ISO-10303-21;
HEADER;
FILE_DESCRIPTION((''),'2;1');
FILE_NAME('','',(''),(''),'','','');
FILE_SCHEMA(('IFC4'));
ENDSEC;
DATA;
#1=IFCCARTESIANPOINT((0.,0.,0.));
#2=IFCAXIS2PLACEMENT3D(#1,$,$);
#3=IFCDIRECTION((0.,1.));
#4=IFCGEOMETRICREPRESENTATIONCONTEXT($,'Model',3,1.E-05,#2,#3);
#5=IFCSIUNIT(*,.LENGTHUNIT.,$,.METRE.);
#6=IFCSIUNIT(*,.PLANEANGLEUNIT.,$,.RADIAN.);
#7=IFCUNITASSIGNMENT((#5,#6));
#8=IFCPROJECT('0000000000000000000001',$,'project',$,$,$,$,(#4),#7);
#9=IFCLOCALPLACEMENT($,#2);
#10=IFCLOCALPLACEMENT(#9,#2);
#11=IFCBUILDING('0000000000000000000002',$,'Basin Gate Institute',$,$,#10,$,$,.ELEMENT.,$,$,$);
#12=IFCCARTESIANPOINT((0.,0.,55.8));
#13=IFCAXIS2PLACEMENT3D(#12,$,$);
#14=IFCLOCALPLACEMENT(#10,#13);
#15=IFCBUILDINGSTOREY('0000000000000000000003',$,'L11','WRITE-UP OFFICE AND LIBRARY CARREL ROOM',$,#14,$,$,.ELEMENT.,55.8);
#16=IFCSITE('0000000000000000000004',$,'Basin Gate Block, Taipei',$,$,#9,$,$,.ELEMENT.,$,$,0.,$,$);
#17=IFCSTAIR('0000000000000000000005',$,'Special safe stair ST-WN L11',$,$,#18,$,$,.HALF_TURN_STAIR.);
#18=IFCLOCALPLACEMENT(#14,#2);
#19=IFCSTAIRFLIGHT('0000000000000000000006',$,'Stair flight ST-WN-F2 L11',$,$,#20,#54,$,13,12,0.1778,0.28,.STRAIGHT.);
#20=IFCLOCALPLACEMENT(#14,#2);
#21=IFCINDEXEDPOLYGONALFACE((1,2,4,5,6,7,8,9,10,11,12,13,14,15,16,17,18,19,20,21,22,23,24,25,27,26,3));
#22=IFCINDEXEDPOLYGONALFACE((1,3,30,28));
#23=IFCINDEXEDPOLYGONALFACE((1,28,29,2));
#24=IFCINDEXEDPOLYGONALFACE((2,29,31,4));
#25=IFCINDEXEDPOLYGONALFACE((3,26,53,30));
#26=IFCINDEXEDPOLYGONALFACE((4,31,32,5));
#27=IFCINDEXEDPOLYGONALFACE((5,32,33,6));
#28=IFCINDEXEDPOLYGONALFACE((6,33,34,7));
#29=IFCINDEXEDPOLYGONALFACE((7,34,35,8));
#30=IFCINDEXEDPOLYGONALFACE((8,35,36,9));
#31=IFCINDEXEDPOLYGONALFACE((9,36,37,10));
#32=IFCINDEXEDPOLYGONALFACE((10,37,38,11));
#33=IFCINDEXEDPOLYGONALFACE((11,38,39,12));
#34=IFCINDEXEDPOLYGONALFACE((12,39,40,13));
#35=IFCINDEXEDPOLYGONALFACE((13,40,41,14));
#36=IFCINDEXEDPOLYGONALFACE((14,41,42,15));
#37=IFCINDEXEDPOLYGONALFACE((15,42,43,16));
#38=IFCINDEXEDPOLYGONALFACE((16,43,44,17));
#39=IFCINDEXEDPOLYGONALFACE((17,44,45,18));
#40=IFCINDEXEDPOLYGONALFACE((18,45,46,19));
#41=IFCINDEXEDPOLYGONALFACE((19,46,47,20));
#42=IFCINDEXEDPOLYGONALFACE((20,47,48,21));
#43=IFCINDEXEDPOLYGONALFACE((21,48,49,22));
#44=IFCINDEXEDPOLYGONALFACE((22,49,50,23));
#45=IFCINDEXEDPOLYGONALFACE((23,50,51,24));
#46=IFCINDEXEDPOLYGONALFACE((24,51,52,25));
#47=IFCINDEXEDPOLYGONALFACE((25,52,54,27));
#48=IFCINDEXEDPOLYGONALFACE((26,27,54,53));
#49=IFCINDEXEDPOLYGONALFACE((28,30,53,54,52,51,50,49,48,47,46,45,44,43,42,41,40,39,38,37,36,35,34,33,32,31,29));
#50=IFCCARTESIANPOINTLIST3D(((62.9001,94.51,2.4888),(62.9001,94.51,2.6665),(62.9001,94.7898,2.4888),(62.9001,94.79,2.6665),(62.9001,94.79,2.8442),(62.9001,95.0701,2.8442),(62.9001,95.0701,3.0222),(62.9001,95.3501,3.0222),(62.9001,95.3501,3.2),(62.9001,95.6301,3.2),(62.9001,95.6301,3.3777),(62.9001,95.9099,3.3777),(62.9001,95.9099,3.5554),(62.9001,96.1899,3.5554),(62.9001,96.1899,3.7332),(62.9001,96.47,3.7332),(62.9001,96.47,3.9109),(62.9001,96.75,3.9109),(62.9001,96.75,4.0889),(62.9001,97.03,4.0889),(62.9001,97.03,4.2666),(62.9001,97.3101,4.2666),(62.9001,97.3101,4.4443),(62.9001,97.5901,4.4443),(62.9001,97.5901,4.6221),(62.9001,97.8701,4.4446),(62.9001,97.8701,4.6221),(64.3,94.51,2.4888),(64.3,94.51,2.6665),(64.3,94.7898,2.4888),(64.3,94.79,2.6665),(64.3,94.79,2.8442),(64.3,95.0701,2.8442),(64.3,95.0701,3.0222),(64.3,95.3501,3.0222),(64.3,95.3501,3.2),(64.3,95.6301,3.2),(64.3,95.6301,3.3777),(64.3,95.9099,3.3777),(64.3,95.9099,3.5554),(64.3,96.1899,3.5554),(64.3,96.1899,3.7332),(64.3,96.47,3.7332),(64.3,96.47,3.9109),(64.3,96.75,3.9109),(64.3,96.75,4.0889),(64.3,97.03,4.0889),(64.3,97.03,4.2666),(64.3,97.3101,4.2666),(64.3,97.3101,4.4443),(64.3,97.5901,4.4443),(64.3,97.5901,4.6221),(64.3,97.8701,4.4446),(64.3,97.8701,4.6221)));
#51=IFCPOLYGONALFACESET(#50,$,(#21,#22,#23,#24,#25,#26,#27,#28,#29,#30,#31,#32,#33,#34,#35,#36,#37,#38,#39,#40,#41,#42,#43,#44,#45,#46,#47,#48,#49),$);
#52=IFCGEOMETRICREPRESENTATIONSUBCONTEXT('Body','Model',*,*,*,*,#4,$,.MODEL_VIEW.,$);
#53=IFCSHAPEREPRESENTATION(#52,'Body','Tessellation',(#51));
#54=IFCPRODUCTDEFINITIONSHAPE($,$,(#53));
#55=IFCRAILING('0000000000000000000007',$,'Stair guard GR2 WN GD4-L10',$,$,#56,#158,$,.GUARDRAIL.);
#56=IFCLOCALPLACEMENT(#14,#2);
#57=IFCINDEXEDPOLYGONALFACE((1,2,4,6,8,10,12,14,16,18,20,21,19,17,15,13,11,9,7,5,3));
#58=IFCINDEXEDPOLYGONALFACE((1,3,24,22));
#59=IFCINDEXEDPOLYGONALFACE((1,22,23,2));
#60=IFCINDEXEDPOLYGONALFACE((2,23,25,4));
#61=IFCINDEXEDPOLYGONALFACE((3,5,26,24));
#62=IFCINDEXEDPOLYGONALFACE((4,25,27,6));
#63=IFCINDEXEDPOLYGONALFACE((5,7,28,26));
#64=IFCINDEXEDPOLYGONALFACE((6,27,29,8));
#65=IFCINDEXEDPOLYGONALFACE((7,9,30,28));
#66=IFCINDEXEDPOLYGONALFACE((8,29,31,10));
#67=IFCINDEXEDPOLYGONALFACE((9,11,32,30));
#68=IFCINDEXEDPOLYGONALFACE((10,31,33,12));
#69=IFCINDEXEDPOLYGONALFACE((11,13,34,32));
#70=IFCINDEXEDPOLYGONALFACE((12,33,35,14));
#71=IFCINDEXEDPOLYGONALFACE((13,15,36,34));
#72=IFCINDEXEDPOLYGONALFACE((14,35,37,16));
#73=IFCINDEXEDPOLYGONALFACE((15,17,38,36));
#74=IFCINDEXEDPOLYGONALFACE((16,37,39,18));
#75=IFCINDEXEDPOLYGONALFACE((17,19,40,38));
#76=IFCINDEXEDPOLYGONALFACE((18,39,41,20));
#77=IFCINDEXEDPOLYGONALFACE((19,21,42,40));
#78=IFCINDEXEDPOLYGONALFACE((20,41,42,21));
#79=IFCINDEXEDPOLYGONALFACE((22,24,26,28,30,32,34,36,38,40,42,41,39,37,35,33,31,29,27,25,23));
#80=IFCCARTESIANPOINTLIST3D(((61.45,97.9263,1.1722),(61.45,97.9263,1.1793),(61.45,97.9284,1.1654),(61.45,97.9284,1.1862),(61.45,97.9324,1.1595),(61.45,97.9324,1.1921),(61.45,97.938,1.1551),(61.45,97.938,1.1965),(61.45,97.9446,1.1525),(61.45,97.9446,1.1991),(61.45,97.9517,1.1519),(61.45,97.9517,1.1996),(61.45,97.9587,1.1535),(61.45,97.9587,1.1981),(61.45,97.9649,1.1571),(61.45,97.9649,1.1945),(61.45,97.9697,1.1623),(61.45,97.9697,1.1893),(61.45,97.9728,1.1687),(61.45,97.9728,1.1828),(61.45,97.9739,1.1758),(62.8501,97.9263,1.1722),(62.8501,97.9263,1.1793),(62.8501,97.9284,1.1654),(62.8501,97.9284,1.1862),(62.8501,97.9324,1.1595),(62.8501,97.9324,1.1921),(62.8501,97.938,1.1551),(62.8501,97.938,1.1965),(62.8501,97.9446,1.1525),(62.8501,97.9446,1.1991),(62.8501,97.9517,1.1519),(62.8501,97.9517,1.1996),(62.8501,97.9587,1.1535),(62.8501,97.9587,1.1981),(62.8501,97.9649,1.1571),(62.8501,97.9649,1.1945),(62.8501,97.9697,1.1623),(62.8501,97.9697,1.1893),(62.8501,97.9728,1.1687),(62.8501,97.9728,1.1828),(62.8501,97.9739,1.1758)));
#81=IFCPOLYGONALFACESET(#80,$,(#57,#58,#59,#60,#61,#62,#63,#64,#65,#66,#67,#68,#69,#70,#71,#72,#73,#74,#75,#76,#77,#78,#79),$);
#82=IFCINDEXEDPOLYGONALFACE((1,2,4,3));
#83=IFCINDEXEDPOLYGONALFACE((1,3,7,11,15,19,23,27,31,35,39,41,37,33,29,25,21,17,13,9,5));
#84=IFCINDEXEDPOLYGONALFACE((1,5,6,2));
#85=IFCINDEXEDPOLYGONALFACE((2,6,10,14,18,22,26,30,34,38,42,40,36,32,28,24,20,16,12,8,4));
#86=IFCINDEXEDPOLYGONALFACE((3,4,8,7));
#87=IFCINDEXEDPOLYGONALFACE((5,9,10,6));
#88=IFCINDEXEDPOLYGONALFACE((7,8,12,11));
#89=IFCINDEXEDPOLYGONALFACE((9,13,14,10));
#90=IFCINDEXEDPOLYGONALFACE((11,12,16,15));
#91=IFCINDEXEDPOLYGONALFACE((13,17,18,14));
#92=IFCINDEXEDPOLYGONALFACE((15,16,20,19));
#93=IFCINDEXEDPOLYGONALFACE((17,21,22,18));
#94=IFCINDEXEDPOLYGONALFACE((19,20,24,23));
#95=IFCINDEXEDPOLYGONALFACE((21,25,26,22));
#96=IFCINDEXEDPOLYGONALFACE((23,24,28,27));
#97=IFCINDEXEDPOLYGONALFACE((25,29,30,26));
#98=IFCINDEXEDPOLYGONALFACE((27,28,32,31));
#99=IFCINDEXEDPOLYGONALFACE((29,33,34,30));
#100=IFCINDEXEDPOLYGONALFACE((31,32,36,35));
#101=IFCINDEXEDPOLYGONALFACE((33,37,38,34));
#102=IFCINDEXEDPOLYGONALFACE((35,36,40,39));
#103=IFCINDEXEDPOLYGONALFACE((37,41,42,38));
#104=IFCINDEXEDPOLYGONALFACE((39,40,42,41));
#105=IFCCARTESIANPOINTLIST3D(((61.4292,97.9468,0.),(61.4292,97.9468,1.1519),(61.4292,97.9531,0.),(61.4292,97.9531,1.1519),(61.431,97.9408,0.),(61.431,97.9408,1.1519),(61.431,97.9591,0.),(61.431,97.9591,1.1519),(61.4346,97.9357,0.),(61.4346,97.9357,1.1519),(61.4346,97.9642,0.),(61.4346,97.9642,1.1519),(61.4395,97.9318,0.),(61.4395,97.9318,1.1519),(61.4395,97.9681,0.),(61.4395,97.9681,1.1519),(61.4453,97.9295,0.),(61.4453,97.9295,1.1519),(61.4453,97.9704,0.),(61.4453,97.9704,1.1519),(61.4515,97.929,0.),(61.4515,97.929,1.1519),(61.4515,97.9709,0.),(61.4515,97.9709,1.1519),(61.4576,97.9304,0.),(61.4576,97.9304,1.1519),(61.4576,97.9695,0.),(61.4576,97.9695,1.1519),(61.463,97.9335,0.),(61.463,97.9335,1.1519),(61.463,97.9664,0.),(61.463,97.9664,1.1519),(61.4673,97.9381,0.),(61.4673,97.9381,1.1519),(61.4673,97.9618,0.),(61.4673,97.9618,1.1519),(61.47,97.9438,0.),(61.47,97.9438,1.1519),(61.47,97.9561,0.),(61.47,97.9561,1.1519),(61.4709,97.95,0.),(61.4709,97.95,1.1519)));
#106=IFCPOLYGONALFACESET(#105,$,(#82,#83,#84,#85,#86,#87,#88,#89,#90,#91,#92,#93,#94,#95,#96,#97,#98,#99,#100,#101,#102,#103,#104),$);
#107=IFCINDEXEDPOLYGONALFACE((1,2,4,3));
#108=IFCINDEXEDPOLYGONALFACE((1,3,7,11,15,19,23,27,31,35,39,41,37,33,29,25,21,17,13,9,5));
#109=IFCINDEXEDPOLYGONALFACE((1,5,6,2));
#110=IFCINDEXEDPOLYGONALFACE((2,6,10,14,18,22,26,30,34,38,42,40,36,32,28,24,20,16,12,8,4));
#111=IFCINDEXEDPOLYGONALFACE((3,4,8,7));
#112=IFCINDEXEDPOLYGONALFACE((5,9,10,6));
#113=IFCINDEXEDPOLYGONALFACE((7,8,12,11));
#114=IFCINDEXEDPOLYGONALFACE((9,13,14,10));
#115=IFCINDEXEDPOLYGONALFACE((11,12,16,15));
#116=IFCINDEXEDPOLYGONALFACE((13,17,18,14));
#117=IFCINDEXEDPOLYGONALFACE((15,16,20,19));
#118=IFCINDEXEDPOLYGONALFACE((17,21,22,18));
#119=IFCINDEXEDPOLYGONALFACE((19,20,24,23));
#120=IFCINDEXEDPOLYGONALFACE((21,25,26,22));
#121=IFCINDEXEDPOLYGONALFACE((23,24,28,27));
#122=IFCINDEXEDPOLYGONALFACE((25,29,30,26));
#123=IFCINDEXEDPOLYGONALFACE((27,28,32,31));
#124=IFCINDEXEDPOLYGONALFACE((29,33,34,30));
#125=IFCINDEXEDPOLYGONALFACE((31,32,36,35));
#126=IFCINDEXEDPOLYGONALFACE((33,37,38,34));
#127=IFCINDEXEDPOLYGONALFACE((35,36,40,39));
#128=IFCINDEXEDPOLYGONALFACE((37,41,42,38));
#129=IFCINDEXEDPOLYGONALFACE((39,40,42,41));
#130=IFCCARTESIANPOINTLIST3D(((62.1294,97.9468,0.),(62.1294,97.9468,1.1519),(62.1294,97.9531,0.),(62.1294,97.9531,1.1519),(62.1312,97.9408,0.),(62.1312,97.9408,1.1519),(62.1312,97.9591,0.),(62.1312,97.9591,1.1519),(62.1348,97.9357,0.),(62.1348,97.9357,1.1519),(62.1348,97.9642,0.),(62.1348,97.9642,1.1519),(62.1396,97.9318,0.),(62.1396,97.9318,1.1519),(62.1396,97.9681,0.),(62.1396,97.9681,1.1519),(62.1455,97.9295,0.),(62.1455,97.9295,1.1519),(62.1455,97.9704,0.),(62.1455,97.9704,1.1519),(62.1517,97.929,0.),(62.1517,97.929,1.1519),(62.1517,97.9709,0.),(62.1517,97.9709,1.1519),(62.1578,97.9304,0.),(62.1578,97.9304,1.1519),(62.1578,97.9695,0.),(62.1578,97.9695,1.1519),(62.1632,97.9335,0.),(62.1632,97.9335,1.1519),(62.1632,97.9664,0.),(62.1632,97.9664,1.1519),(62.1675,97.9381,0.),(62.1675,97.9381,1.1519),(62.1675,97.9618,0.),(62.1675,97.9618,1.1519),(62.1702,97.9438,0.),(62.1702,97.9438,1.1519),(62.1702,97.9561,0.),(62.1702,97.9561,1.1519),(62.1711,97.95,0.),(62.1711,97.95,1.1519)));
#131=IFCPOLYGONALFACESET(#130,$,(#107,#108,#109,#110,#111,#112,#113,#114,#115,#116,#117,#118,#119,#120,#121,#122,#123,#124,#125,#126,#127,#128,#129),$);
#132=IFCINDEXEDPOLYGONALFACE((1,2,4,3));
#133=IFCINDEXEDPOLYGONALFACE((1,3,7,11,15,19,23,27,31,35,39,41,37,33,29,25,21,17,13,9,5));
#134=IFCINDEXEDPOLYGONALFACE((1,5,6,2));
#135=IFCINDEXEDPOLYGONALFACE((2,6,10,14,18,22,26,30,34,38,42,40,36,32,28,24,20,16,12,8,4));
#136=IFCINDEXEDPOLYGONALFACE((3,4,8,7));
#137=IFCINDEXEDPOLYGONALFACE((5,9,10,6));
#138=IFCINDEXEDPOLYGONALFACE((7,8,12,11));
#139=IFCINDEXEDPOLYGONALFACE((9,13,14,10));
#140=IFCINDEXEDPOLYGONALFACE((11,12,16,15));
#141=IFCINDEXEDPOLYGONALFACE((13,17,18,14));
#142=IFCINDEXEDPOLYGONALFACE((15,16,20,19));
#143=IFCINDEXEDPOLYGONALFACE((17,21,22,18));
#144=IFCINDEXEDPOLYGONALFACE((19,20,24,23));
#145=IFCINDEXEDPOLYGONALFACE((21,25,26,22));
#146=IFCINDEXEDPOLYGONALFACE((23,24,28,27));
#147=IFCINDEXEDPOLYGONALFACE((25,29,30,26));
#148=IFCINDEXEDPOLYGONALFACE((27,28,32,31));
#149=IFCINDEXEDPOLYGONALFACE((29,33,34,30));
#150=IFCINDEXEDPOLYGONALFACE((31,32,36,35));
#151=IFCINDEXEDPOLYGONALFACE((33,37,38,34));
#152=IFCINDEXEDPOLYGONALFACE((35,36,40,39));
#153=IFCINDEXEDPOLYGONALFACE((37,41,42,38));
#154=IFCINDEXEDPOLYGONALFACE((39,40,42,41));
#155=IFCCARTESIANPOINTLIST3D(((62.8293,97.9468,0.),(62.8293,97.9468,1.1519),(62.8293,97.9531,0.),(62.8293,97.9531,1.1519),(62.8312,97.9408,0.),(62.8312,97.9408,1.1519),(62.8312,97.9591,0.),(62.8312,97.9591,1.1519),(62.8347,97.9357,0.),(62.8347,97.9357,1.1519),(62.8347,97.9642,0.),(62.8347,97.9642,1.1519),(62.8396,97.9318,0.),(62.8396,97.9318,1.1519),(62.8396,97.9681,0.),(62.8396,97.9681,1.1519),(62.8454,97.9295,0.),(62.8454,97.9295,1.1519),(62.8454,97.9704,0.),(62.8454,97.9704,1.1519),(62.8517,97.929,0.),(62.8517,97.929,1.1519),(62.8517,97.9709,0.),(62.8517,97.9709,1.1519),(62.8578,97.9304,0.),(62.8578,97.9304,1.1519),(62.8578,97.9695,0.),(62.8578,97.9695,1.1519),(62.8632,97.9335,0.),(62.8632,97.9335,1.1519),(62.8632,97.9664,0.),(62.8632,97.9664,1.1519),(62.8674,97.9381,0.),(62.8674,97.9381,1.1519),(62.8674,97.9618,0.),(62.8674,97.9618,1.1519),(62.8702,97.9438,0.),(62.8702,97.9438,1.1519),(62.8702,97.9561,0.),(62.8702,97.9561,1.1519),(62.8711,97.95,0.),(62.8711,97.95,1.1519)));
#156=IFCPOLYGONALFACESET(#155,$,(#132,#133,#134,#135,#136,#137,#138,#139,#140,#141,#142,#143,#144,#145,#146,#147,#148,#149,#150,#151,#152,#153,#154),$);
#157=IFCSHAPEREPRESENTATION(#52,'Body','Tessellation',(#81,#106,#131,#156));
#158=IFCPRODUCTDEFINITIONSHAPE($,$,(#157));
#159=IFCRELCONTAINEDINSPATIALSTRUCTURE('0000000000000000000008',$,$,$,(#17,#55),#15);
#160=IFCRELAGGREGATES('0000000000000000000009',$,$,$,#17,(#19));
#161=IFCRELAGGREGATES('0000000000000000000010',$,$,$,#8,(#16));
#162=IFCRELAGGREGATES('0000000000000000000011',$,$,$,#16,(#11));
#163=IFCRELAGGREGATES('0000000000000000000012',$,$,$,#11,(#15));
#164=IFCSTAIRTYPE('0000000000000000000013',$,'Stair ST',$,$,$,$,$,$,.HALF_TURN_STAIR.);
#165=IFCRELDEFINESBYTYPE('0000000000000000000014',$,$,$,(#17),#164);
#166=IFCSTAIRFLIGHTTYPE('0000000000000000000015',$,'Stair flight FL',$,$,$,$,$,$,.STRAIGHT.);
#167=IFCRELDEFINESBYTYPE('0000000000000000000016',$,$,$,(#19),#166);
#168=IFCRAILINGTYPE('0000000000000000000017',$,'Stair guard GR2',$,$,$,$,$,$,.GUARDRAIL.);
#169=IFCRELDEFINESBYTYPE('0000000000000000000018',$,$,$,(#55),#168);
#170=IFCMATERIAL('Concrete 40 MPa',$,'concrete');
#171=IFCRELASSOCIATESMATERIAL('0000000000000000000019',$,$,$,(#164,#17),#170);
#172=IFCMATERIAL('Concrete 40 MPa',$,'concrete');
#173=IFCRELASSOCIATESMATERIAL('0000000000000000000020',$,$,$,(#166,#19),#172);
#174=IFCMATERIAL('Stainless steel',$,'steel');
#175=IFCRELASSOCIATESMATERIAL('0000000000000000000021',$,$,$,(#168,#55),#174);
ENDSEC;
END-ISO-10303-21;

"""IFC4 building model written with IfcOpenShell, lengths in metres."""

from ifc_helpers import new_model, si_unit, direction, frame, origin, origin_2d, place, context, subcontext, project, spatial, polyline, circle, outline, extrude, material, type_object, element, aggregate, save


model = new_model("IFC4")

# Units and contexts
model_context = context("Model", 3, precision=1e-05, world=origin(), true_north=direction((0.0, 1.0)))
body_context = subcontext(model_context, "Body", "Model", "MODEL_VIEW")
ifc_project = project(units=[si_unit("LENGTHUNIT", "METRE"), si_unit("PLANEANGLEUNIT", "RADIAN")], contexts=[model_context])

# Site, building, storey
site_placement = place(None, origin())
site = spatial("IfcSite", under=ifc_project, at=site_placement, Name="Basin Gate Block, Taipei", CompositionType="ELEMENT", RefElevation=0.0)
building_placement = place(site_placement, origin())
building = spatial("IfcBuilding", under=site, at=building_placement, Name="Basin Gate Institute", CompositionType="ELEMENT")
storey_placement = place(building_placement, frame((0.0, 0.0, 55.8)))
storey = spatial("IfcBuildingStorey", under=building, at=storey_placement, Name="L11", Description="WRITE-UP OFFICE AND LIBRARY CARREL ROOM", CompositionType="ELEMENT", Elevation=55.8)

# Stair, stair flight
ifc_material_1 = material(Name="Concrete 40 MPa", Category="concrete")
stair_type = type_object("IfcStairType", Name="Stair ST", PredefinedType="HALF_TURN_STAIR", material=ifc_material_1)
stair_placement = place(storey_placement, origin())
stair = element("IfcStair", 1, at=stair_placement, inside=storey, type_object=stair_type, material=ifc_material_1, Name="Special safe stair ST-WN L11", PredefinedType="HALF_TURN_STAIR")
ifc_material_2 = material(Name="Concrete 40 MPa", Category="concrete")
stair_flight_type = type_object("IfcStairFlightType", Name="Stair flight FL", PredefinedType="STRAIGHT", material=ifc_material_2)
stair_flight_1_placement = place(storey_placement, frame((63.6001, 94.51, 2.4888), z_axis=(0.0, 0.0, 1.0), x_axis=(0.0, 1.0, 0.0)))
stair_flight_1 = element("IfcStairFlight", 2, at=stair_flight_1_placement, type_object=stair_flight_type, material=ifc_material_2, Name="Stair flight ST-WN-F2 L11", NumberOfRisers=13, NumberOfTreads=12, PredefinedType="STRAIGHT", RiserHeight=0.1778, TreadLength=0.28, context=body_context, shape_type="SweptSolid", body=[
    extrude(outline(polyline([(0.0, 0.0), (0.0, 0.1777), (0.28, 0.1777), (0.28, 0.3555), (0.5601, 0.3555), (0.5601, 0.5334), (0.8401, 0.5334), (0.8401, 0.7112), (1.1201, 0.7112), (1.1201, 0.8889), (1.3999, 0.8889), (1.3999, 1.0667), (1.6799, 1.0667), (1.6799, 1.2444), (1.96, 1.2444), (1.96, 1.4221), (2.24, 1.4221), (2.24, 1.6001), (2.52, 1.6001), (2.52, 1.7778), (2.8, 1.7778), (2.8, 1.9556), (3.0801, 1.9556), (3.0801, 2.1333), (3.3601, 2.1333), (3.3601, 2.311), (3.3601, 1.9558), (0.2798, 0.0), (0.0, 0.0)])), frame((0.0, 0.7, 0.0), z_axis=(0.0, -1.0, 0.0), x_axis=(1.0, 0.0, 0.0)), (0.0, 0.0, 1.0), 1.3999),
])
aggregate(stair, [stair_flight_1])

# Railing
ifc_material_3 = material(Name="Stainless steel", Category="steel")
railing_type_1 = type_object("IfcRailingType", Name="Stair guard GR2", PredefinedType="GUARDRAIL", material=ifc_material_3)
railing_1_placement = place(storey_placement, frame((61.45, 97.95, 0.0)))
element("IfcRailing", 3, at=railing_1_placement, inside=storey, type_object=railing_type_1, material=ifc_material_3, Name="Stair guard GR2 WN GD4-L10", PredefinedType="GUARDRAIL", context=body_context, shape_type="SweptSolid", body=[
    extrude(circle(Radius=0.0239, at=origin_2d()), frame((0.0, 0.0, 1.1758), z_axis=(1.0, 0.0, 0.0), x_axis=(0.0, 1.0, 0.0)), (0.0, 0.0, 1.0), 1.4001),
    extrude(circle(Radius=0.021, at=origin_2d()), origin(), (0.0, 0.0, 1.0), 1.1519),
    extrude(circle(Radius=0.021, at=origin_2d()), frame((0.7002, 0.0, 0.0)), (0.0, 0.0, 1.0), 1.1519),
    extrude(circle(Radius=0.021, at=origin_2d()), frame((1.4001, 0.0, 0.0)), (0.0, 0.0, 1.0), 1.1519),
])

save(model, "model.ifc")
